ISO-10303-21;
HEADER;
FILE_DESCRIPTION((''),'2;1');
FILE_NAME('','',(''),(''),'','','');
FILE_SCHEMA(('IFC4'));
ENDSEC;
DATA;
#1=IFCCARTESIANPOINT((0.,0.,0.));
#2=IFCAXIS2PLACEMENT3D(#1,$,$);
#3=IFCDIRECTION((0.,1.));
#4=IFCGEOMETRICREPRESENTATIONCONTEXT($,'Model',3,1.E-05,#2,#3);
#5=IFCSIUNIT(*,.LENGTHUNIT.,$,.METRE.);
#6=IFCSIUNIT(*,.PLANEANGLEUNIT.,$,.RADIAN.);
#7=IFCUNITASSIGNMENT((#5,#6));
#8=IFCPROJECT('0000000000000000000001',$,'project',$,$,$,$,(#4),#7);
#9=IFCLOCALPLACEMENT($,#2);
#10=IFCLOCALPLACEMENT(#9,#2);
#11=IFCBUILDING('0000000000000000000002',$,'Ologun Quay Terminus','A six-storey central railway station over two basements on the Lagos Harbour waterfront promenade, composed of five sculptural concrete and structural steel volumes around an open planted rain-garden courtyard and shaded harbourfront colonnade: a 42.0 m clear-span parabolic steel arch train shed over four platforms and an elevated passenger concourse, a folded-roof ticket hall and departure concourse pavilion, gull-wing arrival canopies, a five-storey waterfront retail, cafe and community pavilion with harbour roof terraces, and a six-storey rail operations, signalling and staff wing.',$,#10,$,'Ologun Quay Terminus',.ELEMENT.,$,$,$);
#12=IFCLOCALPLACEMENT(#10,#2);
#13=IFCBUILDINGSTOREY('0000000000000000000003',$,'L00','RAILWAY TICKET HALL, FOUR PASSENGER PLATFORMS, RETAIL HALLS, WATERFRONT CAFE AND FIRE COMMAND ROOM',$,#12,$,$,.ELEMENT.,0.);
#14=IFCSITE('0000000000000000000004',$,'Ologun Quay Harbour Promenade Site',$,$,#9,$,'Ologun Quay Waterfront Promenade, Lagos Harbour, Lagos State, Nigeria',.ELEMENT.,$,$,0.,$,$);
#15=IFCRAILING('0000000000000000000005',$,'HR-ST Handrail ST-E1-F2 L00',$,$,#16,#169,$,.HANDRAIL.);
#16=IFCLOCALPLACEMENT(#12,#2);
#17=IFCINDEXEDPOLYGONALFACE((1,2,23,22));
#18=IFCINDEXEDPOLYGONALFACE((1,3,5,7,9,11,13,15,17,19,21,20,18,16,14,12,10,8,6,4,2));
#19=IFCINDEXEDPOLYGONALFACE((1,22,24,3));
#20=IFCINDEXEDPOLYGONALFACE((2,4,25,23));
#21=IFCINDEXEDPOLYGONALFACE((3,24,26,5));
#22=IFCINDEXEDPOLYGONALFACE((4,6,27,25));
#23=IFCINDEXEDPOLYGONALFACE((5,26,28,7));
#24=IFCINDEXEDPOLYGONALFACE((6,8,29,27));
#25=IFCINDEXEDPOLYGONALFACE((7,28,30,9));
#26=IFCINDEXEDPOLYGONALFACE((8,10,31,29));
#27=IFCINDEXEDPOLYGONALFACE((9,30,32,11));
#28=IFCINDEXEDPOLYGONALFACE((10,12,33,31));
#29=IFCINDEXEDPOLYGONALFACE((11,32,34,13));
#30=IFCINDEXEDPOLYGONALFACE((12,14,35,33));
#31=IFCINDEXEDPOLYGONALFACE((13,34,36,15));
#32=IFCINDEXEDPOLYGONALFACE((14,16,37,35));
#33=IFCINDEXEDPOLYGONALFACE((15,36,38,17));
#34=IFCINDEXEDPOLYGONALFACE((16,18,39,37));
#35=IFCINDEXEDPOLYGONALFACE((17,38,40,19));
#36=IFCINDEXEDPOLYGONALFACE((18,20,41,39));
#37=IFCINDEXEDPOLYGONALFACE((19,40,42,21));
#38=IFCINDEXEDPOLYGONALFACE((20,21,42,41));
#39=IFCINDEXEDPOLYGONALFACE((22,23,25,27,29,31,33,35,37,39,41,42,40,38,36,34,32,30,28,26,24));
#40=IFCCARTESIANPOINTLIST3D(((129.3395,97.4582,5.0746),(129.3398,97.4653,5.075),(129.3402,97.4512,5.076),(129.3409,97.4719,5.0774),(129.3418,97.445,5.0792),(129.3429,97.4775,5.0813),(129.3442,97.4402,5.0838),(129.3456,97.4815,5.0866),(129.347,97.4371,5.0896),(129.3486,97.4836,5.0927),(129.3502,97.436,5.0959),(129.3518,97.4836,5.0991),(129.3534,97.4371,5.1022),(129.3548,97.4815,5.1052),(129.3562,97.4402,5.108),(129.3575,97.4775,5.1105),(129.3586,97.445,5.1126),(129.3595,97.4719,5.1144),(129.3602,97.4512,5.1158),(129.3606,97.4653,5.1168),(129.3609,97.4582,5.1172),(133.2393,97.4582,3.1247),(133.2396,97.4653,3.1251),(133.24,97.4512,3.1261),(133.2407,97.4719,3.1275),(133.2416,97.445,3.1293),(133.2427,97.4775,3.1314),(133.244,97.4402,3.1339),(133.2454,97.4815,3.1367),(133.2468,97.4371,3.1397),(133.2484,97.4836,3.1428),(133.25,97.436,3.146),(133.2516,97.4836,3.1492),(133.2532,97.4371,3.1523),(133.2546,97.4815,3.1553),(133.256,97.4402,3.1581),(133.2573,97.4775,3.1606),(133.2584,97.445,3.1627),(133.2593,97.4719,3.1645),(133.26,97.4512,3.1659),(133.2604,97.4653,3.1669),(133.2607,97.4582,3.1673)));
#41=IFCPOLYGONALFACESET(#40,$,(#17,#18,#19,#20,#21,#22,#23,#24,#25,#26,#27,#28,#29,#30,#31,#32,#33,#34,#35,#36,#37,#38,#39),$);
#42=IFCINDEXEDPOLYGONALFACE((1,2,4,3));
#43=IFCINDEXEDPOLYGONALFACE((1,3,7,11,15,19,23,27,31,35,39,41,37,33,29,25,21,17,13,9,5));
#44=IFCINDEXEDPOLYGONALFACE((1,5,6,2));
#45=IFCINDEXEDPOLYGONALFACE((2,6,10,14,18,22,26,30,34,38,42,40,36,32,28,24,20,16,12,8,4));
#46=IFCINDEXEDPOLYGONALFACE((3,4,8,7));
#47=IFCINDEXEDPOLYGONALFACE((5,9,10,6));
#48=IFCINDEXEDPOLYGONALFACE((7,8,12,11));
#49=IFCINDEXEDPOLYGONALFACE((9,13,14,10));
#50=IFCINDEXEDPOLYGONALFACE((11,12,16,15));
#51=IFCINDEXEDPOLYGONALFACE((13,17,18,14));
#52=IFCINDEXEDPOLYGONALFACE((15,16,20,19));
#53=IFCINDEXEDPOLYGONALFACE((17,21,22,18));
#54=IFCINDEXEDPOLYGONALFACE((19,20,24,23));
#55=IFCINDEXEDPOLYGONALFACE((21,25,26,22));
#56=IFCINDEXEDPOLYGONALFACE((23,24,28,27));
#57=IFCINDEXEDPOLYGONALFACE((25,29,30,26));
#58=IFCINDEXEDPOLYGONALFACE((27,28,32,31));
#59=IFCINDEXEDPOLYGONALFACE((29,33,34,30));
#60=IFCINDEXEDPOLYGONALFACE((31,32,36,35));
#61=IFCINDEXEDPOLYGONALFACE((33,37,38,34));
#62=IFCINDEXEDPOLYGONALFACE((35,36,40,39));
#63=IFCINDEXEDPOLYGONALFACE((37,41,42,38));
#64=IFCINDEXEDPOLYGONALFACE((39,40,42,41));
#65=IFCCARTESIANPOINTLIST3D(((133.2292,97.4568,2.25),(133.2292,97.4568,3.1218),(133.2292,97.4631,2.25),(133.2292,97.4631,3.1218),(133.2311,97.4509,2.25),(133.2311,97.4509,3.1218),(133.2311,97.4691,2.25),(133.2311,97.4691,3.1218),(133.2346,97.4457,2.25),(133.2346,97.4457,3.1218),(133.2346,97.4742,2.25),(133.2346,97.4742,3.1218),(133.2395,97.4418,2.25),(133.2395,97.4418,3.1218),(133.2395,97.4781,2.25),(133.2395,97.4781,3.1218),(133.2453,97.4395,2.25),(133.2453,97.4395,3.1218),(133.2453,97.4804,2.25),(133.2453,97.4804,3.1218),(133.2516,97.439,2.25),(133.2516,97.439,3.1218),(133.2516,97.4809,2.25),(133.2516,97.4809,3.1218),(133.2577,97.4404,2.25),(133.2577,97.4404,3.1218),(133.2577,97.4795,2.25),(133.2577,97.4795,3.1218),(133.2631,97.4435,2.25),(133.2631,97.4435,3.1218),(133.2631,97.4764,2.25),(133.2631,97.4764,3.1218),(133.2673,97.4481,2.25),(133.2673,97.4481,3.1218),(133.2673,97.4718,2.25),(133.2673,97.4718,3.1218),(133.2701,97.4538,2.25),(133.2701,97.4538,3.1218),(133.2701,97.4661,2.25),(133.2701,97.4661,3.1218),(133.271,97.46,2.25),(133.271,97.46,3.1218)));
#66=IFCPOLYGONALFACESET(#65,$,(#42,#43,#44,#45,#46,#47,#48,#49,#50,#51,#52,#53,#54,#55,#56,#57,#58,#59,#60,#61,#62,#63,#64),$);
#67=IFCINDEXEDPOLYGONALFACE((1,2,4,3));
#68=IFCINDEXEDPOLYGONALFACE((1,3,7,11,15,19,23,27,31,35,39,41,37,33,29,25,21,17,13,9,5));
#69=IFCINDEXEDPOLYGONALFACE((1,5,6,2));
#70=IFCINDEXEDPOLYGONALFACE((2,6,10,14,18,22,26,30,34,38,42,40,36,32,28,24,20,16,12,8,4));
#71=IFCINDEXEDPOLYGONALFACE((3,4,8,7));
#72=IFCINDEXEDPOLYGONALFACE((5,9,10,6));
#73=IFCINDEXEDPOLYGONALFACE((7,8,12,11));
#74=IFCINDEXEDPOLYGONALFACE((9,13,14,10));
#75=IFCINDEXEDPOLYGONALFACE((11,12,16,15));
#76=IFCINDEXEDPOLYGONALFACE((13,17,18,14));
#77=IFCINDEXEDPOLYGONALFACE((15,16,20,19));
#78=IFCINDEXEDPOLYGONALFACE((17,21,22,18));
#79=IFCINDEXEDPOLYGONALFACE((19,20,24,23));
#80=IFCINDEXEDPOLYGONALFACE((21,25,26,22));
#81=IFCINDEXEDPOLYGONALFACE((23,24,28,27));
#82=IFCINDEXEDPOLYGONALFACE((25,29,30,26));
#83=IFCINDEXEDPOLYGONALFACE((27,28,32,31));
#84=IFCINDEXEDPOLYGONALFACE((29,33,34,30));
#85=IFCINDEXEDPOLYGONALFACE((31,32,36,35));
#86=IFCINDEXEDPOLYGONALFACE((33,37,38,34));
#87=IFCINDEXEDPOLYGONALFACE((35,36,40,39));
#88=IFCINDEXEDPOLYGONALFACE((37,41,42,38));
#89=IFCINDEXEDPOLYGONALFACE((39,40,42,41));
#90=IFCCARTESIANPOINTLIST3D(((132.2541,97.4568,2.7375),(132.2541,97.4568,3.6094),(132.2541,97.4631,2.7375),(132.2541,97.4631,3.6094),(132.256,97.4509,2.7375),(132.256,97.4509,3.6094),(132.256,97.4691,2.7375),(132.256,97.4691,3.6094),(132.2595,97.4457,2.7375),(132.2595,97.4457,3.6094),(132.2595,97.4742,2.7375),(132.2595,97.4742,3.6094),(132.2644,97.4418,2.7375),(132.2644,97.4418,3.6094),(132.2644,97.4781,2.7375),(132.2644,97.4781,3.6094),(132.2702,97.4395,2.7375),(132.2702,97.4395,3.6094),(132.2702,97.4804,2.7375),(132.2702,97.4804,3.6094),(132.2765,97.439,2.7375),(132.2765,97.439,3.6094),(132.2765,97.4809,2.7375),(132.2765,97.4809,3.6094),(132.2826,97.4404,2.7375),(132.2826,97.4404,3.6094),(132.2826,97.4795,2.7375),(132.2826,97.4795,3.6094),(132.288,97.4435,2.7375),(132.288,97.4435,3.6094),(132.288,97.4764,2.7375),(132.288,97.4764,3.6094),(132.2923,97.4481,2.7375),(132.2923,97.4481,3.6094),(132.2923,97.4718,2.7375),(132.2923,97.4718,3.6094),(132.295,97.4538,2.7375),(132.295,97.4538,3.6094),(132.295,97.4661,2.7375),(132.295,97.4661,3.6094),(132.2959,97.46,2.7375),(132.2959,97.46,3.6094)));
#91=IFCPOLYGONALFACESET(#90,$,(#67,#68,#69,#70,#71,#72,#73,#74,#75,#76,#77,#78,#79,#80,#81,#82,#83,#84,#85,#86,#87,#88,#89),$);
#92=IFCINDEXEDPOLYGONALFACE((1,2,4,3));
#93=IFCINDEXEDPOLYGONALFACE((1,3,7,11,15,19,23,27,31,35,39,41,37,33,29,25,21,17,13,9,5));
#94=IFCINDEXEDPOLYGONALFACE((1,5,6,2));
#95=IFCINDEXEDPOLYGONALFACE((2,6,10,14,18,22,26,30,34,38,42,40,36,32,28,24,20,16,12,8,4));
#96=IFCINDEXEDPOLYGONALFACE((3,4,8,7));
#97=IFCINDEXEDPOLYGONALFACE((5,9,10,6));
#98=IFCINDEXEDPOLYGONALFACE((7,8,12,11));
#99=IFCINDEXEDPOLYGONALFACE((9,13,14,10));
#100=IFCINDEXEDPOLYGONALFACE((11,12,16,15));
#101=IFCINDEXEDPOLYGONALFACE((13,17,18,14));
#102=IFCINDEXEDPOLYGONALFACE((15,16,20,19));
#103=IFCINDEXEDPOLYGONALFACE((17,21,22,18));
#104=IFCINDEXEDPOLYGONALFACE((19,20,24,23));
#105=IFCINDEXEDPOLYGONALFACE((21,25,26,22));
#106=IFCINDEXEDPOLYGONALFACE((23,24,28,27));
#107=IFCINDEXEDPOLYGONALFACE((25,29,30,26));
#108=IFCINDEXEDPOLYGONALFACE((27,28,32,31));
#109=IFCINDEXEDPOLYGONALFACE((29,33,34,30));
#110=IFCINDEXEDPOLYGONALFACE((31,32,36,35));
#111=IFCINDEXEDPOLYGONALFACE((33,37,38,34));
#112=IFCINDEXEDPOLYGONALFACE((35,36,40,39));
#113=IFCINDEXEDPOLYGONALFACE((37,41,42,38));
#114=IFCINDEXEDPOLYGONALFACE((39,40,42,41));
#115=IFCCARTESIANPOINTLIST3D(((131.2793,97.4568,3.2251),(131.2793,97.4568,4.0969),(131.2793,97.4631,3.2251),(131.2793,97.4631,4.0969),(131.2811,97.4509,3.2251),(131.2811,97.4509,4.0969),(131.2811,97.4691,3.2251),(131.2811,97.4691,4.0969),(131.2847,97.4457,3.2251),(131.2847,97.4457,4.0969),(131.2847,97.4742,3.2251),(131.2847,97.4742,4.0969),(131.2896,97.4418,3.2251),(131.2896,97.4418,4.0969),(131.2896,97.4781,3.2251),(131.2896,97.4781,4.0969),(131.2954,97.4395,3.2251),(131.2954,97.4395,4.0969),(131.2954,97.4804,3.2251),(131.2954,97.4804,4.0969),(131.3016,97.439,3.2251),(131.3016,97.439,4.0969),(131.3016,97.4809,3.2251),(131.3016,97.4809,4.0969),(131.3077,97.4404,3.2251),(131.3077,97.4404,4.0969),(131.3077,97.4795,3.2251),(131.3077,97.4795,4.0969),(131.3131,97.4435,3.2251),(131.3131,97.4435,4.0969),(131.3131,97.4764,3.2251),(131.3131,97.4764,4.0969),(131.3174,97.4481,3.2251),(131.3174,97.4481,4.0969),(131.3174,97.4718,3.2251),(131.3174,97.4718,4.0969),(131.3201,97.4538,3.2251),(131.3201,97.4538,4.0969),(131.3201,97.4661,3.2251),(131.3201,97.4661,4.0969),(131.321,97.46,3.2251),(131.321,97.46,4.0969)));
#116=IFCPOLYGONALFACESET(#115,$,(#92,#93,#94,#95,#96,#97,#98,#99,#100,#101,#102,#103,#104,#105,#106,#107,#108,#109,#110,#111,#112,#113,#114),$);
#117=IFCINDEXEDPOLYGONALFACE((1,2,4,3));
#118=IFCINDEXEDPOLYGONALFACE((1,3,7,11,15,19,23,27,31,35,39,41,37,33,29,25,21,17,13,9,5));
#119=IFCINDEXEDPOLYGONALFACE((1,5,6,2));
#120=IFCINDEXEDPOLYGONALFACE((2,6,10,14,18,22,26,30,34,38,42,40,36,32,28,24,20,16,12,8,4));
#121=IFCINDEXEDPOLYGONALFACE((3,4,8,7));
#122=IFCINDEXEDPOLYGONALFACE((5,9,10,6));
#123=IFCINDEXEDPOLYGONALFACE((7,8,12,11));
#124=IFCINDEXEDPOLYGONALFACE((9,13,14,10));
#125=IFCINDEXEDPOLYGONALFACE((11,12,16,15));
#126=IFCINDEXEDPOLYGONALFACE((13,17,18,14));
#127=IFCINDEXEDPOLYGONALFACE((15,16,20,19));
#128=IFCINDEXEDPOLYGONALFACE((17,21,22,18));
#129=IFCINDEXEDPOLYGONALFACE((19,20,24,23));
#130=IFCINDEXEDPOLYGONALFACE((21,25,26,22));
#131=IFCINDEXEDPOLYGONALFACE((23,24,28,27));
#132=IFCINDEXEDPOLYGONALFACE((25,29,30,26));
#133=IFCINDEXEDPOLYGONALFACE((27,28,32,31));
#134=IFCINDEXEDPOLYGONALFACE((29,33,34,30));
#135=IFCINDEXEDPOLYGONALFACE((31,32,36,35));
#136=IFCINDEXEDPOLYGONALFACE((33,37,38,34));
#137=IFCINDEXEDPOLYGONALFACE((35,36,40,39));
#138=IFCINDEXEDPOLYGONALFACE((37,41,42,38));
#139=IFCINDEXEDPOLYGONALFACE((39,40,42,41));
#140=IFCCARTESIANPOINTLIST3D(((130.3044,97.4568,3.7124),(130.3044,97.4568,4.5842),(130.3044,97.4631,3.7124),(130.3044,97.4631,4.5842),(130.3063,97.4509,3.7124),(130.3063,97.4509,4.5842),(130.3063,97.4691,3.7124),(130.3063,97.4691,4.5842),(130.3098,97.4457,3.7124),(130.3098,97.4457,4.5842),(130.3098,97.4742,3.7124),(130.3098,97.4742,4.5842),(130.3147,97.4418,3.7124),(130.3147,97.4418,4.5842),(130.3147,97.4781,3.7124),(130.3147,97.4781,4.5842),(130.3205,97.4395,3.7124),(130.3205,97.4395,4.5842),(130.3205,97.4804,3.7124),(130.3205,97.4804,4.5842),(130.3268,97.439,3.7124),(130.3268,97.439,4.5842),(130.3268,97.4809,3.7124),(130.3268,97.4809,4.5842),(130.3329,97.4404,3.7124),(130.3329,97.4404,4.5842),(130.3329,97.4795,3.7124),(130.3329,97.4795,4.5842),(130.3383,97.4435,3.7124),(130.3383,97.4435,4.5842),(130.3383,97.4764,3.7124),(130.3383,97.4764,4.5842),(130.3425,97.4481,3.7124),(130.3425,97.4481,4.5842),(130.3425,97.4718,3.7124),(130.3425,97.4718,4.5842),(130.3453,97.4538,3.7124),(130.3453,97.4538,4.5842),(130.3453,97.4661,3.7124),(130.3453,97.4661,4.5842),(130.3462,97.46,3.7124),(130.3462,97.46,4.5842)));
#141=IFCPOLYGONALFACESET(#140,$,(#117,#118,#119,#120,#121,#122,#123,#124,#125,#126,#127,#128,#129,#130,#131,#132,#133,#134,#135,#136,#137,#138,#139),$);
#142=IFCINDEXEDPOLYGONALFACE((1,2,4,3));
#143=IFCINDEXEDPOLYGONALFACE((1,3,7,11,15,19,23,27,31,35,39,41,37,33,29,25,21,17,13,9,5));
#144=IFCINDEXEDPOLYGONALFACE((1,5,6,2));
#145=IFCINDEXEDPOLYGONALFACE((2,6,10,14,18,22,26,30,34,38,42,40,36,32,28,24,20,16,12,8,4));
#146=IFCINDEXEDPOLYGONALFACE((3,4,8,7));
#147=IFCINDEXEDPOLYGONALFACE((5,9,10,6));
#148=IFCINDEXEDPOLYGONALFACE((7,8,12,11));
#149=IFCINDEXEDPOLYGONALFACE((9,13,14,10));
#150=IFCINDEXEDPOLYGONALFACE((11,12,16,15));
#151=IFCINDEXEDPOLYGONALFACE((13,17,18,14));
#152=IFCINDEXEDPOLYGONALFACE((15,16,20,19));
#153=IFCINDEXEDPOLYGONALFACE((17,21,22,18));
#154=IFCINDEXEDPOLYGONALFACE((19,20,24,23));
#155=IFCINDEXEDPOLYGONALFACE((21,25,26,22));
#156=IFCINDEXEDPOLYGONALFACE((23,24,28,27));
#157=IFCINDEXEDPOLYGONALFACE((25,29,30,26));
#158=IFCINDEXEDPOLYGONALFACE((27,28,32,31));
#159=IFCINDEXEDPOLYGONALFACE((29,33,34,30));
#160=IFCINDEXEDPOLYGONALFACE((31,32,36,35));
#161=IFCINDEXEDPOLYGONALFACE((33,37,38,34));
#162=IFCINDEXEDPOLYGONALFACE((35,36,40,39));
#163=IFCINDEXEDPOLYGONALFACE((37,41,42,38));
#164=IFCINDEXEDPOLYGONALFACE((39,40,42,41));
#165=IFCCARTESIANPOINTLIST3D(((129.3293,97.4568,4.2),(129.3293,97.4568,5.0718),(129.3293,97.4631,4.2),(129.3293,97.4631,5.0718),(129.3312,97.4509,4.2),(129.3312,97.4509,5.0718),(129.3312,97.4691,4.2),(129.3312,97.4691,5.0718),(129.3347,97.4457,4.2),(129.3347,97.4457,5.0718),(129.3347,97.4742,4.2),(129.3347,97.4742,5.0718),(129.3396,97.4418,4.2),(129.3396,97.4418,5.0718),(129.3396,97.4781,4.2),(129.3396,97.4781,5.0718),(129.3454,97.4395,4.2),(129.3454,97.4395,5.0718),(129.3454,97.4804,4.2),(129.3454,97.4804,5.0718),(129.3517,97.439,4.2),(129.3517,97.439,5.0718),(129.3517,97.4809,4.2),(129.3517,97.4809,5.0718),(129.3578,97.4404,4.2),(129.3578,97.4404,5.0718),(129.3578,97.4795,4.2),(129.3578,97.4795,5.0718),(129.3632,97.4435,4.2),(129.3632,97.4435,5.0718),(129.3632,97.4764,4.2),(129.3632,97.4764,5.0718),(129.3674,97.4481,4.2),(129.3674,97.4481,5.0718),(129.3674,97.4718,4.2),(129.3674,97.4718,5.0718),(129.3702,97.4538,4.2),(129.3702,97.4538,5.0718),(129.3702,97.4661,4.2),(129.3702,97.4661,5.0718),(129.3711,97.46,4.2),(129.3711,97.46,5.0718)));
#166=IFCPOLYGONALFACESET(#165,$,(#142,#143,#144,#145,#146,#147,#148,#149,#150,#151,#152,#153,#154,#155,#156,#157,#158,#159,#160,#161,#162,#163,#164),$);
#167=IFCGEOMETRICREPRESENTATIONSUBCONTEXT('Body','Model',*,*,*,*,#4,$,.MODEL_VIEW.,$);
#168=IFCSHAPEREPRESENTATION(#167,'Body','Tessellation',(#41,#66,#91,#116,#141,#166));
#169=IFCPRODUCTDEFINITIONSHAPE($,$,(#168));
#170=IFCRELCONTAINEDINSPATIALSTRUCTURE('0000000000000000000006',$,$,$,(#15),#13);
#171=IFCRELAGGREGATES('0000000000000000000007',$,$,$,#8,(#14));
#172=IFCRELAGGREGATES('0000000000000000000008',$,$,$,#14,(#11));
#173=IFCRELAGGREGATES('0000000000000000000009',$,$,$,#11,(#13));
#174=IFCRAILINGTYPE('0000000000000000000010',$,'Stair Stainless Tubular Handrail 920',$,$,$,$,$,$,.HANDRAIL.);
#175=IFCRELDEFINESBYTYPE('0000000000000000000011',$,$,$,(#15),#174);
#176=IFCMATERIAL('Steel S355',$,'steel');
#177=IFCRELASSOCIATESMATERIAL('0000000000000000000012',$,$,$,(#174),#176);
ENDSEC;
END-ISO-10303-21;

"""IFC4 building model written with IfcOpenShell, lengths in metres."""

from ifc_helpers import new_model, si_unit, direction, frame, origin, origin_2d, place, context, subcontext, project, spatial, circle, extrude, material, type_object, element, save


model = new_model("IFC4")

# Units and contexts
model_context = context("Model", 3, precision=1e-05, world=origin(), true_north=direction((0.0, 1.0)))
body_context = subcontext(model_context, "Body", "Model", "MODEL_VIEW")
ifc_project = project(units=[si_unit("LENGTHUNIT", "METRE"), si_unit("PLANEANGLEUNIT", "RADIAN")], contexts=[model_context])

# Site, building, storey
site_placement = place(None, origin())
site = spatial("IfcSite", under=ifc_project, at=site_placement, Name="Ologun Quay Harbour Promenade Site", LongName="Ologun Quay Waterfront Promenade, Lagos Harbour, Lagos State, Nigeria", CompositionType="ELEMENT", RefElevation=0.0)
building_placement = place(site_placement, origin())
building = spatial("IfcBuilding", under=site, at=building_placement, Name="Ologun Quay Terminus", Description="A six-storey central railway station over two basements on the Lagos Harbour waterfront promenade, composed of five sculptural concrete and structural steel volumes around an open planted rain-garden courtyard and shaded harbourfront colonnade: a 42.0 m clear-span parabolic steel arch train shed over four platforms and an elevated passenger concourse, a folded-roof ticket hall and departure concourse pavilion, gull-wing arrival canopies, a five-storey waterfront retail, cafe and community pavilion with harbour roof terraces, and a six-storey rail operations, signalling and staff wing.", LongName="Ologun Quay Terminus", CompositionType="ELEMENT")
storey_placement = place(building_placement, origin())
storey = spatial("IfcBuildingStorey", under=building, at=storey_placement, Name="L00", Description="RAILWAY TICKET HALL, FOUR PASSENGER PLATFORMS, RETAIL HALLS, WATERFRONT CAFE AND FIRE COMMAND ROOM", CompositionType="ELEMENT", Elevation=0.0)

# Railing
ifc_material_1 = material(Name="Steel S355", Category="steel")
railing_type_1 = type_object("IfcRailingType", Name="Stair Stainless Tubular Handrail 920", PredefinedType="HANDRAIL", material=ifc_material_1)
railing_1_placement = place(storey_placement, frame((133.25, 97.46, 2.25)))
element("IfcRailing", 1, at=railing_1_placement, inside=storey, type_object=railing_type_1, Name="HR-ST Handrail ST-E1-F2 L00", PredefinedType="HANDRAIL", context=body_context, shape_type="SweptSolid", body=[
    extrude(circle(Radius=0.0239, at=origin_2d()), frame((0.0, 0.0, 0.896), z_axis=(-0.894427, 0.0, 0.447214), x_axis=(0.0, -1.0, 0.0)), (0.0, 0.0, 1.0), 4.3601),
    extrude(circle(Radius=0.021, at=origin_2d()), origin(), (0.0, 0.0, 1.0), 0.8718),
    extrude(circle(Radius=0.021, at=origin_2d()), frame((-0.9751, 0.0, 0.4875)), (0.0, 0.0, 1.0), 0.8718),
    extrude(circle(Radius=0.021, at=origin_2d()), frame((-1.95, 0.0, 0.9751)), (0.0, 0.0, 1.0), 0.8718),
    extrude(circle(Radius=0.021, at=origin_2d()), frame((-2.9248, 0.0, 1.4624)), (0.0, 0.0, 1.0), 0.8718),
    extrude(circle(Radius=0.021, at=origin_2d()), frame((-3.8999, 0.0, 1.95)), (0.0, 0.0, 1.0), 0.8718),
])

save(model, "model.ifc")
